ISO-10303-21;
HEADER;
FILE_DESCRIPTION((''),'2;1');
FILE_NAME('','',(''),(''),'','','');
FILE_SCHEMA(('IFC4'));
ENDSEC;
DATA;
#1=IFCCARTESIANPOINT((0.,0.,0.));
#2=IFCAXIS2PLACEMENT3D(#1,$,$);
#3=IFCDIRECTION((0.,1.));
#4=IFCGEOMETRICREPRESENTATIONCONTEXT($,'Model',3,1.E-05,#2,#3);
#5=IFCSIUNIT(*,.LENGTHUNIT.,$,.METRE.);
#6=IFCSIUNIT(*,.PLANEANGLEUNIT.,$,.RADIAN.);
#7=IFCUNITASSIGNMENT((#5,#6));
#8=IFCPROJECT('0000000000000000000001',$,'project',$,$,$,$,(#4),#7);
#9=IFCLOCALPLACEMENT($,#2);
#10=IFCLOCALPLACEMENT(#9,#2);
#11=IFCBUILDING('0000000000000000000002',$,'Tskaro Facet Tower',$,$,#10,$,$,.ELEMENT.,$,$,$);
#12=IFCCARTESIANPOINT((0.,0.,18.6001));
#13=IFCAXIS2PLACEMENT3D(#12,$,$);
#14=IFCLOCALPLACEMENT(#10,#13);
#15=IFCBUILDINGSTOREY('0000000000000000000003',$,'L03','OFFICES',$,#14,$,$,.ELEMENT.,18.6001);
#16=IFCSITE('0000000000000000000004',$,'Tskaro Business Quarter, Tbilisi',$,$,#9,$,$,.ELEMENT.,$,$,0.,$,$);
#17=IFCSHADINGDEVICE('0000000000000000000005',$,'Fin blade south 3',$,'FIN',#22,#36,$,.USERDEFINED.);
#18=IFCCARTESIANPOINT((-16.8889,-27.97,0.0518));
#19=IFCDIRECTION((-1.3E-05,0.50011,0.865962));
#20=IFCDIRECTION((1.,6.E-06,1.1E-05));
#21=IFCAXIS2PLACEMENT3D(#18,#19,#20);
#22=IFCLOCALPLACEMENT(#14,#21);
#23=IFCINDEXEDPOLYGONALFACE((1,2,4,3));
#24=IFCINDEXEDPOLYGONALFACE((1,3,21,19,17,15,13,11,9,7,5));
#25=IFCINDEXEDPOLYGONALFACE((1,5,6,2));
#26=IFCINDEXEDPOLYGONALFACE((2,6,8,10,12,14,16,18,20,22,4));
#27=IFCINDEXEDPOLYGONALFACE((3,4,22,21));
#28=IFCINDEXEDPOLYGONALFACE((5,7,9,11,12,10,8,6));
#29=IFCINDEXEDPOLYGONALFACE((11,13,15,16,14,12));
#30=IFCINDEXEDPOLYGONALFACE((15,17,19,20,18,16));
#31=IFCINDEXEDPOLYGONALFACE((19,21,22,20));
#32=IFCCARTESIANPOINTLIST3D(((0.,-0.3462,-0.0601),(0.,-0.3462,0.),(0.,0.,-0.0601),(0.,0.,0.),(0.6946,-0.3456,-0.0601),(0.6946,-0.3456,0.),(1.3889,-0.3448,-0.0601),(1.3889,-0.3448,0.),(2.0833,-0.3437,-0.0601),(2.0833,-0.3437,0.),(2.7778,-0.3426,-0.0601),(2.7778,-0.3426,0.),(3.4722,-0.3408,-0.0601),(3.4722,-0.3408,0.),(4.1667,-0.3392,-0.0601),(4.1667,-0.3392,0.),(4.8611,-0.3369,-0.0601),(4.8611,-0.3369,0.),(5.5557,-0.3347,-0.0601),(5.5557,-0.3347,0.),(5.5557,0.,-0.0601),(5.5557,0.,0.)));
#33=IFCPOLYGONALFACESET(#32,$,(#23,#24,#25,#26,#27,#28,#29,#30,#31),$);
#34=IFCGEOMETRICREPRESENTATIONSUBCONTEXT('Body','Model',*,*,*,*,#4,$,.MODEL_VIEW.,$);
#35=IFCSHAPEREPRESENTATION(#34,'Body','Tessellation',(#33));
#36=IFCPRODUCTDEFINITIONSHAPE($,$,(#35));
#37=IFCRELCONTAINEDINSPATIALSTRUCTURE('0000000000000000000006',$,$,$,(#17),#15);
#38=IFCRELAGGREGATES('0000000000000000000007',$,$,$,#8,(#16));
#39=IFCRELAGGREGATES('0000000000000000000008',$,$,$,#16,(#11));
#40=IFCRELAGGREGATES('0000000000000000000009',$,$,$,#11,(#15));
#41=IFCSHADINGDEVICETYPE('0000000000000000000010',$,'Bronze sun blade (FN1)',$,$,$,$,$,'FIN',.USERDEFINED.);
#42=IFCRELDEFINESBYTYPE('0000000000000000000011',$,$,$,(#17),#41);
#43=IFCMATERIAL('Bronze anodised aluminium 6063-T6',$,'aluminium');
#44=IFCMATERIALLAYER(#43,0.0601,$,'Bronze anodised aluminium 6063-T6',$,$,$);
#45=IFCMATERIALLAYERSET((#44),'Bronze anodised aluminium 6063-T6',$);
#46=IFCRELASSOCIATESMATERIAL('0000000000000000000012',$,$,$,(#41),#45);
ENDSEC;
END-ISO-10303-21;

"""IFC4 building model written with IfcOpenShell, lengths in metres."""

from ifc_helpers import new_model, si_unit, direction, frame, origin, place, context, subcontext, project, spatial, polyline, outline, extrude, material, layer, layer_set, type_object, element, save


model = new_model("IFC4")

# Units and contexts
model_context = context("Model", 3, precision=1e-05, world=origin(), true_north=direction((0.0, 1.0)))
body_context = subcontext(model_context, "Body", "Model", "MODEL_VIEW")
ifc_project = project(units=[si_unit("LENGTHUNIT", "METRE"), si_unit("PLANEANGLEUNIT", "RADIAN")], contexts=[model_context])

# Site, building, storey
site_placement = place(None, origin())
site = spatial("IfcSite", under=ifc_project, at=site_placement, Name="Tskaro Business Quarter, Tbilisi", CompositionType="ELEMENT", RefElevation=0.0)
building_placement = place(site_placement, origin())
building = spatial("IfcBuilding", under=site, at=building_placement, Name="Tskaro Facet Tower", CompositionType="ELEMENT")
storey_placement = place(building_placement, frame((0.0, 0.0, 18.6001)))
storey = spatial("IfcBuildingStorey", under=building, at=storey_placement, Name="L03", Description="OFFICES", CompositionType="ELEMENT", Elevation=18.6001)

# Shared definitions
ifc_material_1 = material(Name="Bronze anodised aluminium 6063-T6", Category="aluminium")

# Shading device
ifc_layer_1 = layer(ifc_material_1, 0.0601, Name="Bronze anodised aluminium 6063-T6")
ifc_layer_set_1 = layer_set([ifc_layer_1], Name="Bronze anodised aluminium 6063-T6")
shading_device_type = type_object("IfcShadingDeviceType", Name="Bronze sun blade (FN1)", ElementType="FIN", PredefinedType="USERDEFINED", material=ifc_layer_set_1)
shading_device_1_placement = place(storey_placement, frame((-16.8889, -27.97, 0.0518), z_axis=(-0.000013, 0.50011, 0.865962), x_axis=(1.0, 0.000006, 0.000011)))
element("IfcShadingDevice", 1, at=shading_device_1_placement, inside=storey, type_object=shading_device_type, Name="Fin blade south 3", ObjectType="FIN", PredefinedType="USERDEFINED", context=body_context, shape_type="SweptSolid", body=[
    extrude(outline(polyline([(0.0, 0.0), (5.5557, 0.0), (5.5557, -0.3347), (4.8611, -0.3369), (4.1667, -0.3392), (3.4722, -0.3408), (2.7778, -0.3426), (2.0833, -0.3437), (1.3889, -0.3448), (0.6946, -0.3456), (0.0, -0.3462), (0.0, 0.0)])), origin(), (0.0, 0.0, -1.0), 0.0601),
])

save(model, "model.ifc")
